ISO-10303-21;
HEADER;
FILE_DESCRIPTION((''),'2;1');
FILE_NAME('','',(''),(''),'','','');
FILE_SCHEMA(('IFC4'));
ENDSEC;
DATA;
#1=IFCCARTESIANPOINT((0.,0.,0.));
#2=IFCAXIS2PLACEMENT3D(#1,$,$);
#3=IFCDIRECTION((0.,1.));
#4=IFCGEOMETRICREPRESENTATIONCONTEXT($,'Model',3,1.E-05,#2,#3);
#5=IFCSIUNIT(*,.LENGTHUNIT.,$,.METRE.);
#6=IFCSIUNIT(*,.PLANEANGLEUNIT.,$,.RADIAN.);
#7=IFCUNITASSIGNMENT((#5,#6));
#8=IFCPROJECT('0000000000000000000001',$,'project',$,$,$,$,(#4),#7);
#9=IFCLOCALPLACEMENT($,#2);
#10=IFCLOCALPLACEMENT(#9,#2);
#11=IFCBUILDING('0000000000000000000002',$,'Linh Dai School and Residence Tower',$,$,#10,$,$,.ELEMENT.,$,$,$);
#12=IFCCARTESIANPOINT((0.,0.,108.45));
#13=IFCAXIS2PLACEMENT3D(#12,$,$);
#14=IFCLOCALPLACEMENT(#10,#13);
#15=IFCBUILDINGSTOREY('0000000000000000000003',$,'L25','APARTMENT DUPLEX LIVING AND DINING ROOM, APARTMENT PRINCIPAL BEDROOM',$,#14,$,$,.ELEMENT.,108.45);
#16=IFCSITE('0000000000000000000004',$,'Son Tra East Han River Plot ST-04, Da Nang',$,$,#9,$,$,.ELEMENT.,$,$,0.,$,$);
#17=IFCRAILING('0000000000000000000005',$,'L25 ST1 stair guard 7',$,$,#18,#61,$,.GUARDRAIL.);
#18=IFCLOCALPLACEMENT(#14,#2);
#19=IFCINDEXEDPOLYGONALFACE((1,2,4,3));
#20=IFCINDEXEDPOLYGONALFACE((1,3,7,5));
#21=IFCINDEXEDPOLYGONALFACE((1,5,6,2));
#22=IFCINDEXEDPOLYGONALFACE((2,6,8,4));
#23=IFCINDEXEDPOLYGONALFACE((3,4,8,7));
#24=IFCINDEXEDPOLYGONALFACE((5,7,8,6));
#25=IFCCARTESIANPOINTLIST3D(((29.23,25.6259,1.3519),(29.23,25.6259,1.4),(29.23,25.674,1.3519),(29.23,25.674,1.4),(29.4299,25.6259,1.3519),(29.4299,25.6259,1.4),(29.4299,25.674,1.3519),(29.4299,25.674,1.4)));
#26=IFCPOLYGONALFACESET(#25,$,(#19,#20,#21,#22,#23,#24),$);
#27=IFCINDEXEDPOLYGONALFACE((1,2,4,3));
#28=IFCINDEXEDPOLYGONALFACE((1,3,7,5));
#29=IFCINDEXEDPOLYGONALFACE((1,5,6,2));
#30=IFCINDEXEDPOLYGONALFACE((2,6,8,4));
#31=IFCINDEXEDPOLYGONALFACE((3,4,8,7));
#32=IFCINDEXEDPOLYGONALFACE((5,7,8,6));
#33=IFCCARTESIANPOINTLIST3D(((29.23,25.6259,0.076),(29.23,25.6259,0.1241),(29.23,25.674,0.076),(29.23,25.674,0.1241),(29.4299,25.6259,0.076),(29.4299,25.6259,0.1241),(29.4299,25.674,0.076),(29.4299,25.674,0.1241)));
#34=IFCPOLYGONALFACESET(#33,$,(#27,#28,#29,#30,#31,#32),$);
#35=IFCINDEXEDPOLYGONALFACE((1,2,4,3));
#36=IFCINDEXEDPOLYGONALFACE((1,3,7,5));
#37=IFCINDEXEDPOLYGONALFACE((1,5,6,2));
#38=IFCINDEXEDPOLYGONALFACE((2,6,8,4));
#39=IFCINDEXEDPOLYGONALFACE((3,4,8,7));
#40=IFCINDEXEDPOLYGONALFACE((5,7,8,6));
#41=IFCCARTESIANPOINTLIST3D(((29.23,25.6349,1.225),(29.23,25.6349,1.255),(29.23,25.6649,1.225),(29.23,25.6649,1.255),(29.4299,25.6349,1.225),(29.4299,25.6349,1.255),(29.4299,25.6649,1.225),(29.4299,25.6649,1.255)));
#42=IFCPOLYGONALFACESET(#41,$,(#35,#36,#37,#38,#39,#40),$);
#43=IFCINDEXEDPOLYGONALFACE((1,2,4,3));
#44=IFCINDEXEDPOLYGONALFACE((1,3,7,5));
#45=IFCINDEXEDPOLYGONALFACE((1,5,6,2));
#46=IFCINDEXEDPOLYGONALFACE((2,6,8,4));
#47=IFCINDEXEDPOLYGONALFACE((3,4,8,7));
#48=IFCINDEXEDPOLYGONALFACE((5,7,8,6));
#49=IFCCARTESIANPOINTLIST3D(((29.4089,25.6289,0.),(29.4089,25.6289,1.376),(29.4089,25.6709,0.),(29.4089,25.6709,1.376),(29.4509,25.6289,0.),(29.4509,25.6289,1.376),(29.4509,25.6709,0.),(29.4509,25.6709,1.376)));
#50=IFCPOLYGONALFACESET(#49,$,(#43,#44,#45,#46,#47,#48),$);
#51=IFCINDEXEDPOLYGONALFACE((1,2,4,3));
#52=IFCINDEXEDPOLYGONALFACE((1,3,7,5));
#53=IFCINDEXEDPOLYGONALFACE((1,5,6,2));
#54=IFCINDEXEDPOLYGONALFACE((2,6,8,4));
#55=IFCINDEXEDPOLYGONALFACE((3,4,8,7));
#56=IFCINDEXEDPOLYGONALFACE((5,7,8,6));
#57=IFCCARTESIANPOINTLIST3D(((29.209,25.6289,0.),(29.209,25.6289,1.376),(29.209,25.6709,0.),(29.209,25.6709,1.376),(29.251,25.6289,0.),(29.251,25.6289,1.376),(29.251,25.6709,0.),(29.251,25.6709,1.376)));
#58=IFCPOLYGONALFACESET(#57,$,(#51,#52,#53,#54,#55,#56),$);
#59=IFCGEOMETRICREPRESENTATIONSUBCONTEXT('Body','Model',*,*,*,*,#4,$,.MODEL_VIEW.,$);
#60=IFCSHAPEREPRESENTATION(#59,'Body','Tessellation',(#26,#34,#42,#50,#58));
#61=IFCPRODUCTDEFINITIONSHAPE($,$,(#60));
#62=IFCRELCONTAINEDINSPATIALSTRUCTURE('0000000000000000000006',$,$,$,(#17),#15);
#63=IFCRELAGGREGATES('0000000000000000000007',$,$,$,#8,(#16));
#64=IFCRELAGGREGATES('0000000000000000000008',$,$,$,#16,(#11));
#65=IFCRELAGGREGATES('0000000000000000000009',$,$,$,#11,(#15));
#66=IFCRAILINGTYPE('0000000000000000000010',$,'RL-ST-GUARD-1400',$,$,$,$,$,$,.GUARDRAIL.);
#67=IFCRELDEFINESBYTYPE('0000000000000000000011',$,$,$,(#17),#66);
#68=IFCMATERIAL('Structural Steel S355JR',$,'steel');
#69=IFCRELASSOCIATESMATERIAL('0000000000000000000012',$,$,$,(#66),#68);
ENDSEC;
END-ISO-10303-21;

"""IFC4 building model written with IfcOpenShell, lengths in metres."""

from ifc_helpers import new_model, si_unit, direction, frame, origin, origin_2d, place, context, subcontext, project, spatial, rectangle, extrude, source, transform, mapped, material, type_object, element, save


model = new_model("IFC4")

# Units and contexts
model_context = context("Model", 3, precision=1e-05, world=origin(), true_north=direction((0.0, 1.0)))
body_context = subcontext(model_context, "Body", "Model", "MODEL_VIEW")
ifc_project = project(units=[si_unit("LENGTHUNIT", "METRE"), si_unit("PLANEANGLEUNIT", "RADIAN")], contexts=[model_context])

# Site, building, storey
site_placement = place(None, origin())
site = spatial("IfcSite", under=ifc_project, at=site_placement, Name="Son Tra East Han River Plot ST-04, Da Nang", CompositionType="ELEMENT", RefElevation=0.0)
building_placement = place(site_placement, origin())
building = spatial("IfcBuilding", under=site, at=building_placement, Name="Linh Dai School and Residence Tower", CompositionType="ELEMENT")
storey_placement = place(building_placement, frame((0.0, 0.0, 108.45)))
storey = spatial("IfcBuildingStorey", under=building, at=storey_placement, Name="L25", Description="APARTMENT DUPLEX LIVING AND DINING ROOM, APARTMENT PRINCIPAL BEDROOM", CompositionType="ELEMENT", Elevation=108.45)

# Shared definitions
ifc_material_1 = material(Name="Structural Steel S355JR", Category="steel")

# Railing
railing_type_1 = type_object("IfcRailingType", Name="RL-ST-GUARD-1400", PredefinedType="GUARDRAIL", material=ifc_material_1)
shared_shape_1 = source(origin(), body_context, "Body", "SweptSolid", [
    extrude(rectangle(XDim=0.0481, YDim=0.0481, at=origin_2d()), frame((0.0, 0.0, 1.376), z_axis=(-1.0, 0.0, 0.0), x_axis=(0.0, -1.0, 0.0)), (0.0, 0.0, 1.0), 0.2),
    extrude(rectangle(XDim=0.0481, YDim=0.0481, at=origin_2d()), frame((0.0, 0.0, 0.1001), z_axis=(-1.0, 0.0, 0.0), x_axis=(0.0, -1.0, 0.0)), (0.0, 0.0, 1.0), 0.2),
    extrude(rectangle(XDim=0.03, YDim=0.03, at=origin_2d()), frame((0.0, 0.0, 1.24), z_axis=(-1.0, 0.0, 0.0), x_axis=(0.0, -1.0, 0.0)), (0.0, 0.0, 1.0), 0.2),
    extrude(rectangle(XDim=0.042, YDim=0.042, at=origin_2d()), origin(), (0.0, 0.0, 1.0), 1.376),
    extrude(rectangle(XDim=0.042, YDim=0.042, at=origin_2d()), frame((-0.2, 0.0, 0.0)), (0.0, 0.0, 1.0), 1.376),
])
railing_1_placement = place(storey_placement, frame((29.4299, 25.6499, 0.0)))
element("IfcRailing", 1, at=railing_1_placement, inside=storey, type_object=railing_type_1, Name="L25 ST1 stair guard 7", PredefinedType="GUARDRAIL", context=body_context, shape_type="MappedRepresentation", body=[
    mapped(shared_shape_1, transform((0.0, 0.0, 0.0), x_axis=(1.0, 0.0, 0.0), y_axis=(0.0, 1.0, 0.0), z_axis=(0.0, 0.0, 1.0), scale=1.0)),
])

save(model, "model.ifc")
